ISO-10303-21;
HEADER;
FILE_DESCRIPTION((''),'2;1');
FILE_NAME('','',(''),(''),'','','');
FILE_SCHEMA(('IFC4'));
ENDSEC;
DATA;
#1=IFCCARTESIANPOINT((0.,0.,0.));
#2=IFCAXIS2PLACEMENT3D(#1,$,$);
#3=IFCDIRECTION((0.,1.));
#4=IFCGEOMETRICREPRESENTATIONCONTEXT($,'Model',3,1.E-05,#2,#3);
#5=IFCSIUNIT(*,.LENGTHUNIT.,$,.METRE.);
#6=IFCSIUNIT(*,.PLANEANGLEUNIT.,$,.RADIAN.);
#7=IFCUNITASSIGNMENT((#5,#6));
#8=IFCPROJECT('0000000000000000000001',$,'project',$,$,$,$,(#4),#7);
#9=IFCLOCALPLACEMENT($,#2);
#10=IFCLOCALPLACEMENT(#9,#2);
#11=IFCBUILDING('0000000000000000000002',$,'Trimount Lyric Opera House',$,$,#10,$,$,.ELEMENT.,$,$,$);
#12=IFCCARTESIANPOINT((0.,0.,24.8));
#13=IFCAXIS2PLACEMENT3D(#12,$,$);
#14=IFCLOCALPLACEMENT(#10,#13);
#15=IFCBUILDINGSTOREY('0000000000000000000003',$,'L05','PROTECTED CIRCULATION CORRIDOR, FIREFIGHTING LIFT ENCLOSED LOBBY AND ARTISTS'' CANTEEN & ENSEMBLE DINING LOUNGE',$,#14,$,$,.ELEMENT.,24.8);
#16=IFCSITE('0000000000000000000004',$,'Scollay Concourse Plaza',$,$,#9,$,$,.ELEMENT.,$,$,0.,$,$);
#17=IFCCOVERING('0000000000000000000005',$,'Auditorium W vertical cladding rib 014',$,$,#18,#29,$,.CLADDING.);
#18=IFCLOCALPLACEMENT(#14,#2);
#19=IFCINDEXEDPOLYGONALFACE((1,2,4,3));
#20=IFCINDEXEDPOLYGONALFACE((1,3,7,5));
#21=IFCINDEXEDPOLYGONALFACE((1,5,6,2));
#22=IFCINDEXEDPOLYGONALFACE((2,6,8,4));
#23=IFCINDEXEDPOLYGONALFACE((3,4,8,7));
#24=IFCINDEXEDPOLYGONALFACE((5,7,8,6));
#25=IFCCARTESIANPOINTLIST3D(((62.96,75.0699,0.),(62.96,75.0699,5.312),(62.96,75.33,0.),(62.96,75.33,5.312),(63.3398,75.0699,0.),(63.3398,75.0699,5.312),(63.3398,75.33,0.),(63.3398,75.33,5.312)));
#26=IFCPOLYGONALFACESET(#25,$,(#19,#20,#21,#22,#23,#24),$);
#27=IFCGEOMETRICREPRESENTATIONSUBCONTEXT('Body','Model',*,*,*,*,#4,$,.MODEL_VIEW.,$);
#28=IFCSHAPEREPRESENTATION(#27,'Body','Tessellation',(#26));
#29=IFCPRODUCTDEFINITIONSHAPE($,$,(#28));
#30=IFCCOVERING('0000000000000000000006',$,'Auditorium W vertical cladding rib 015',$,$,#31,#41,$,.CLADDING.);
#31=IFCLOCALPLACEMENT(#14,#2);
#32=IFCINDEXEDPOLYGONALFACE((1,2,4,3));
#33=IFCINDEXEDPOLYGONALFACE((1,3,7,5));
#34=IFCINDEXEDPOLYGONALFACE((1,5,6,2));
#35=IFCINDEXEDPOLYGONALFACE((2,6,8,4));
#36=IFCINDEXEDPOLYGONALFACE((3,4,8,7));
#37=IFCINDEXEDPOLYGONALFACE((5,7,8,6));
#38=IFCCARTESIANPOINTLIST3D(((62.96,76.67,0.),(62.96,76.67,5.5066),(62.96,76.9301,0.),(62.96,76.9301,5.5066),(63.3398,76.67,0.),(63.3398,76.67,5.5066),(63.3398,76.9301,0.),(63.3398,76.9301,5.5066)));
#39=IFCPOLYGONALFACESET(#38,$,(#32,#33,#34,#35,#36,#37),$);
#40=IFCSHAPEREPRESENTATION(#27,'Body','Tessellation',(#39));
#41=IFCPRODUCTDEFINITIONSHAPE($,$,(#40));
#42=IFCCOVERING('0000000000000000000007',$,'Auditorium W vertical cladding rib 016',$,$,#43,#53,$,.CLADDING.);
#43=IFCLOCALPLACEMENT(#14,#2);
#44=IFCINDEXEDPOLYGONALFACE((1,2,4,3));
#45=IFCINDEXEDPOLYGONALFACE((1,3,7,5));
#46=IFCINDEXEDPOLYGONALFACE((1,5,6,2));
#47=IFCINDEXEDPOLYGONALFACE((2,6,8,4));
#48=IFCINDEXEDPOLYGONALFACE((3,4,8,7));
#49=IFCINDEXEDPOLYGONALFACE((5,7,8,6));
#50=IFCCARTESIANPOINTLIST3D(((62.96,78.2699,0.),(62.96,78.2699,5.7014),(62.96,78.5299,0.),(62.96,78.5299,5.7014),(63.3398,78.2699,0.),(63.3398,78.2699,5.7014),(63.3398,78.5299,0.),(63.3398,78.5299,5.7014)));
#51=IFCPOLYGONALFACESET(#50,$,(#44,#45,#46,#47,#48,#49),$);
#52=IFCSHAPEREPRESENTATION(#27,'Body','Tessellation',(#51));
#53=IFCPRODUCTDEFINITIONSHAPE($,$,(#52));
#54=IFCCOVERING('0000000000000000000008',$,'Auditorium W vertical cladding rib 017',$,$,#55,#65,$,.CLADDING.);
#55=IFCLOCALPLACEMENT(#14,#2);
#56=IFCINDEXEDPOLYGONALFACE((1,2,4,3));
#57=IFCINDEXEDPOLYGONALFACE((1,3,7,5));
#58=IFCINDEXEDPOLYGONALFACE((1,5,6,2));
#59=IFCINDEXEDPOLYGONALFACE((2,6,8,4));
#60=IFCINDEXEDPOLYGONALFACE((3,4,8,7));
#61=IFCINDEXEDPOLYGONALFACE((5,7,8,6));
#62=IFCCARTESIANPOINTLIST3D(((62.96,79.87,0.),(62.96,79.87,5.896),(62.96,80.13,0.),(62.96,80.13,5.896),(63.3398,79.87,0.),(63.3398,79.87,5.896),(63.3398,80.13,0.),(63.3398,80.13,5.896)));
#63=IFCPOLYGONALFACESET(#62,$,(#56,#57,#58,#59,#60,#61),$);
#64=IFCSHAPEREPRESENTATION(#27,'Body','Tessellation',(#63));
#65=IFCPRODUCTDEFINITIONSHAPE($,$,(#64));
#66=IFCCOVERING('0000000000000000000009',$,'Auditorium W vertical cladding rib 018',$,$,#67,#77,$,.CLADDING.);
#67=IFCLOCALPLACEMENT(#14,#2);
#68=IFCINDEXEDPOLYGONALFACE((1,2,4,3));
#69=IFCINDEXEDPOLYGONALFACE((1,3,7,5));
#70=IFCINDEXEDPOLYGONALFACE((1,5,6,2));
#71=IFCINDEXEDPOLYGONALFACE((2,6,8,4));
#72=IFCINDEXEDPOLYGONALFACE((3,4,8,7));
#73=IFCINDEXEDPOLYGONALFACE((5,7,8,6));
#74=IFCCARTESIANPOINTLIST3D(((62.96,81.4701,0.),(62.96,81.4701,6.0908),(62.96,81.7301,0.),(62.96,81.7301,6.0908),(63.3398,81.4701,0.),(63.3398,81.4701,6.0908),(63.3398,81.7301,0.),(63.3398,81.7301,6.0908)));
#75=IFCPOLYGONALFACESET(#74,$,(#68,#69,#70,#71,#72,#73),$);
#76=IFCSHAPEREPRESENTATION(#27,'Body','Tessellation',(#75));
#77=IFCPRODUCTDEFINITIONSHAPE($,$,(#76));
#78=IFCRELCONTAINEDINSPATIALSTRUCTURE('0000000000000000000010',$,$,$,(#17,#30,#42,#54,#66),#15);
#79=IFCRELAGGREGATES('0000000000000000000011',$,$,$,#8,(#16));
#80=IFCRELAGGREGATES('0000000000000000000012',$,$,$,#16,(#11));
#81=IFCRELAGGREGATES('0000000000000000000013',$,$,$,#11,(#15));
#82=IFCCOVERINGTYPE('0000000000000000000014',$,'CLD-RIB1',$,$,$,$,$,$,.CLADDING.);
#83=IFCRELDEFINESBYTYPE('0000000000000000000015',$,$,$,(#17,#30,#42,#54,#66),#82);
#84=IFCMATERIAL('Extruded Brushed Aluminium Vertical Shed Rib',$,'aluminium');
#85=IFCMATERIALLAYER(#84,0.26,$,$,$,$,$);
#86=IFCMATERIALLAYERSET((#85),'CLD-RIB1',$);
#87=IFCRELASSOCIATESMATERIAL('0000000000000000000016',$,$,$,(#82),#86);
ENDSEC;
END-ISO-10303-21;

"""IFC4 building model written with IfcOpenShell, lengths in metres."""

from ifc_helpers import new_model, si_unit, direction, frame, origin, origin_2d, place, context, subcontext, project, spatial, rectangle, extrude, material, layer, layer_set, type_object, element, save


model = new_model("IFC4")

# Units and contexts
model_context = context("Model", 3, precision=1e-05, world=origin(), true_north=direction((0.0, 1.0)))
body_context = subcontext(model_context, "Body", "Model", "MODEL_VIEW")
ifc_project = project(units=[si_unit("LENGTHUNIT", "METRE"), si_unit("PLANEANGLEUNIT", "RADIAN")], contexts=[model_context])

# Site, building, storey
site_placement = place(None, origin())
site = spatial("IfcSite", under=ifc_project, at=site_placement, Name="Scollay Concourse Plaza", CompositionType="ELEMENT", RefElevation=0.0)
building_placement = place(site_placement, origin())
building = spatial("IfcBuilding", under=site, at=building_placement, Name="Trimount Lyric Opera House", CompositionType="ELEMENT")
storey_placement = place(building_placement, frame((0.0, 0.0, 24.8)))
storey = spatial("IfcBuildingStorey", under=building, at=storey_placement, Name="L05", Description="PROTECTED CIRCULATION CORRIDOR, FIREFIGHTING LIFT ENCLOSED LOBBY AND ARTISTS' CANTEEN & ENSEMBLE DINING LOUNGE", CompositionType="ELEMENT", Elevation=24.8)

# Coverings
ifc_material_1 = material(Name="Extruded Brushed Aluminium Vertical Shed Rib", Category="aluminium")
ifc_layer_1 = layer(ifc_material_1, 0.26)
ifc_layer_set_1 = layer_set([ifc_layer_1], Name="CLD-RIB1")
covering_type = type_object("IfcCoveringType", Name="CLD-RIB1", PredefinedType="CLADDING", material=ifc_layer_set_1)
covering_1_placement = place(storey_placement, frame((63.1499, 75.2, 0.0), z_axis=(0.0, 0.0, 1.0), x_axis=(1.0, 0.0, 0.0)))
element("IfcCovering", 1, at=covering_1_placement, inside=storey, type_object=covering_type, Name="Auditorium W vertical cladding rib 014", PredefinedType="CLADDING", context=body_context, shape_type="SweptSolid", body=[
    extrude(rectangle(XDim=0.3799, YDim=0.26, at=origin_2d()), origin(), (0.0, 0.0, 1.0), 5.312),
])
covering_2_placement = place(storey_placement, frame((63.1499, 76.8, 0.0), z_axis=(0.0, 0.0, 1.0), x_axis=(1.0, 0.0, 0.0)))
element("IfcCovering", 2, at=covering_2_placement, inside=storey, type_object=covering_type, Name="Auditorium W vertical cladding rib 015", PredefinedType="CLADDING", context=body_context, shape_type="SweptSolid", body=[
    extrude(rectangle(XDim=0.3799, YDim=0.26, at=origin_2d()), origin(), (0.0, 0.0, 1.0), 5.5066),
])
covering_3_placement = place(storey_placement, frame((63.1499, 78.3999, 0.0), z_axis=(0.0, 0.0, 1.0), x_axis=(1.0, 0.0, 0.0)))
element("IfcCovering", 3, at=covering_3_placement, inside=storey, type_object=covering_type, Name="Auditorium W vertical cladding rib 016", PredefinedType="CLADDING", context=body_context, shape_type="SweptSolid", body=[
    extrude(rectangle(XDim=0.3799, YDim=0.26, at=origin_2d()), origin(), (0.0, 0.0, 1.0), 5.7014),
])
covering_4_placement = place(storey_placement, frame((63.1499, 80.0, 0.0), z_axis=(0.0, 0.0, 1.0), x_axis=(1.0, 0.0, 0.0)))
element("IfcCovering", 4, at=covering_4_placement, inside=storey, type_object=covering_type, Name="Auditorium W vertical cladding rib 017", PredefinedType="CLADDING", context=body_context, shape_type="SweptSolid", body=[
    extrude(rectangle(XDim=0.3799, YDim=0.26, at=origin_2d()), origin(), (0.0, 0.0, 1.0), 5.896),
])
covering_5_placement = place(storey_placement, frame((63.1499, 81.6001, 0.0), z_axis=(0.0, 0.0, 1.0), x_axis=(1.0, 0.0, 0.0)))
element("IfcCovering", 5, at=covering_5_placement, inside=storey, type_object=covering_type, Name="Auditorium W vertical cladding rib 018", PredefinedType="CLADDING", context=body_context, shape_type="SweptSolid", body=[
    extrude(rectangle(XDim=0.3799, YDim=0.26, at=origin_2d()), origin(), (0.0, 0.0, 1.0), 6.0908),
])

save(model, "model.ifc")
